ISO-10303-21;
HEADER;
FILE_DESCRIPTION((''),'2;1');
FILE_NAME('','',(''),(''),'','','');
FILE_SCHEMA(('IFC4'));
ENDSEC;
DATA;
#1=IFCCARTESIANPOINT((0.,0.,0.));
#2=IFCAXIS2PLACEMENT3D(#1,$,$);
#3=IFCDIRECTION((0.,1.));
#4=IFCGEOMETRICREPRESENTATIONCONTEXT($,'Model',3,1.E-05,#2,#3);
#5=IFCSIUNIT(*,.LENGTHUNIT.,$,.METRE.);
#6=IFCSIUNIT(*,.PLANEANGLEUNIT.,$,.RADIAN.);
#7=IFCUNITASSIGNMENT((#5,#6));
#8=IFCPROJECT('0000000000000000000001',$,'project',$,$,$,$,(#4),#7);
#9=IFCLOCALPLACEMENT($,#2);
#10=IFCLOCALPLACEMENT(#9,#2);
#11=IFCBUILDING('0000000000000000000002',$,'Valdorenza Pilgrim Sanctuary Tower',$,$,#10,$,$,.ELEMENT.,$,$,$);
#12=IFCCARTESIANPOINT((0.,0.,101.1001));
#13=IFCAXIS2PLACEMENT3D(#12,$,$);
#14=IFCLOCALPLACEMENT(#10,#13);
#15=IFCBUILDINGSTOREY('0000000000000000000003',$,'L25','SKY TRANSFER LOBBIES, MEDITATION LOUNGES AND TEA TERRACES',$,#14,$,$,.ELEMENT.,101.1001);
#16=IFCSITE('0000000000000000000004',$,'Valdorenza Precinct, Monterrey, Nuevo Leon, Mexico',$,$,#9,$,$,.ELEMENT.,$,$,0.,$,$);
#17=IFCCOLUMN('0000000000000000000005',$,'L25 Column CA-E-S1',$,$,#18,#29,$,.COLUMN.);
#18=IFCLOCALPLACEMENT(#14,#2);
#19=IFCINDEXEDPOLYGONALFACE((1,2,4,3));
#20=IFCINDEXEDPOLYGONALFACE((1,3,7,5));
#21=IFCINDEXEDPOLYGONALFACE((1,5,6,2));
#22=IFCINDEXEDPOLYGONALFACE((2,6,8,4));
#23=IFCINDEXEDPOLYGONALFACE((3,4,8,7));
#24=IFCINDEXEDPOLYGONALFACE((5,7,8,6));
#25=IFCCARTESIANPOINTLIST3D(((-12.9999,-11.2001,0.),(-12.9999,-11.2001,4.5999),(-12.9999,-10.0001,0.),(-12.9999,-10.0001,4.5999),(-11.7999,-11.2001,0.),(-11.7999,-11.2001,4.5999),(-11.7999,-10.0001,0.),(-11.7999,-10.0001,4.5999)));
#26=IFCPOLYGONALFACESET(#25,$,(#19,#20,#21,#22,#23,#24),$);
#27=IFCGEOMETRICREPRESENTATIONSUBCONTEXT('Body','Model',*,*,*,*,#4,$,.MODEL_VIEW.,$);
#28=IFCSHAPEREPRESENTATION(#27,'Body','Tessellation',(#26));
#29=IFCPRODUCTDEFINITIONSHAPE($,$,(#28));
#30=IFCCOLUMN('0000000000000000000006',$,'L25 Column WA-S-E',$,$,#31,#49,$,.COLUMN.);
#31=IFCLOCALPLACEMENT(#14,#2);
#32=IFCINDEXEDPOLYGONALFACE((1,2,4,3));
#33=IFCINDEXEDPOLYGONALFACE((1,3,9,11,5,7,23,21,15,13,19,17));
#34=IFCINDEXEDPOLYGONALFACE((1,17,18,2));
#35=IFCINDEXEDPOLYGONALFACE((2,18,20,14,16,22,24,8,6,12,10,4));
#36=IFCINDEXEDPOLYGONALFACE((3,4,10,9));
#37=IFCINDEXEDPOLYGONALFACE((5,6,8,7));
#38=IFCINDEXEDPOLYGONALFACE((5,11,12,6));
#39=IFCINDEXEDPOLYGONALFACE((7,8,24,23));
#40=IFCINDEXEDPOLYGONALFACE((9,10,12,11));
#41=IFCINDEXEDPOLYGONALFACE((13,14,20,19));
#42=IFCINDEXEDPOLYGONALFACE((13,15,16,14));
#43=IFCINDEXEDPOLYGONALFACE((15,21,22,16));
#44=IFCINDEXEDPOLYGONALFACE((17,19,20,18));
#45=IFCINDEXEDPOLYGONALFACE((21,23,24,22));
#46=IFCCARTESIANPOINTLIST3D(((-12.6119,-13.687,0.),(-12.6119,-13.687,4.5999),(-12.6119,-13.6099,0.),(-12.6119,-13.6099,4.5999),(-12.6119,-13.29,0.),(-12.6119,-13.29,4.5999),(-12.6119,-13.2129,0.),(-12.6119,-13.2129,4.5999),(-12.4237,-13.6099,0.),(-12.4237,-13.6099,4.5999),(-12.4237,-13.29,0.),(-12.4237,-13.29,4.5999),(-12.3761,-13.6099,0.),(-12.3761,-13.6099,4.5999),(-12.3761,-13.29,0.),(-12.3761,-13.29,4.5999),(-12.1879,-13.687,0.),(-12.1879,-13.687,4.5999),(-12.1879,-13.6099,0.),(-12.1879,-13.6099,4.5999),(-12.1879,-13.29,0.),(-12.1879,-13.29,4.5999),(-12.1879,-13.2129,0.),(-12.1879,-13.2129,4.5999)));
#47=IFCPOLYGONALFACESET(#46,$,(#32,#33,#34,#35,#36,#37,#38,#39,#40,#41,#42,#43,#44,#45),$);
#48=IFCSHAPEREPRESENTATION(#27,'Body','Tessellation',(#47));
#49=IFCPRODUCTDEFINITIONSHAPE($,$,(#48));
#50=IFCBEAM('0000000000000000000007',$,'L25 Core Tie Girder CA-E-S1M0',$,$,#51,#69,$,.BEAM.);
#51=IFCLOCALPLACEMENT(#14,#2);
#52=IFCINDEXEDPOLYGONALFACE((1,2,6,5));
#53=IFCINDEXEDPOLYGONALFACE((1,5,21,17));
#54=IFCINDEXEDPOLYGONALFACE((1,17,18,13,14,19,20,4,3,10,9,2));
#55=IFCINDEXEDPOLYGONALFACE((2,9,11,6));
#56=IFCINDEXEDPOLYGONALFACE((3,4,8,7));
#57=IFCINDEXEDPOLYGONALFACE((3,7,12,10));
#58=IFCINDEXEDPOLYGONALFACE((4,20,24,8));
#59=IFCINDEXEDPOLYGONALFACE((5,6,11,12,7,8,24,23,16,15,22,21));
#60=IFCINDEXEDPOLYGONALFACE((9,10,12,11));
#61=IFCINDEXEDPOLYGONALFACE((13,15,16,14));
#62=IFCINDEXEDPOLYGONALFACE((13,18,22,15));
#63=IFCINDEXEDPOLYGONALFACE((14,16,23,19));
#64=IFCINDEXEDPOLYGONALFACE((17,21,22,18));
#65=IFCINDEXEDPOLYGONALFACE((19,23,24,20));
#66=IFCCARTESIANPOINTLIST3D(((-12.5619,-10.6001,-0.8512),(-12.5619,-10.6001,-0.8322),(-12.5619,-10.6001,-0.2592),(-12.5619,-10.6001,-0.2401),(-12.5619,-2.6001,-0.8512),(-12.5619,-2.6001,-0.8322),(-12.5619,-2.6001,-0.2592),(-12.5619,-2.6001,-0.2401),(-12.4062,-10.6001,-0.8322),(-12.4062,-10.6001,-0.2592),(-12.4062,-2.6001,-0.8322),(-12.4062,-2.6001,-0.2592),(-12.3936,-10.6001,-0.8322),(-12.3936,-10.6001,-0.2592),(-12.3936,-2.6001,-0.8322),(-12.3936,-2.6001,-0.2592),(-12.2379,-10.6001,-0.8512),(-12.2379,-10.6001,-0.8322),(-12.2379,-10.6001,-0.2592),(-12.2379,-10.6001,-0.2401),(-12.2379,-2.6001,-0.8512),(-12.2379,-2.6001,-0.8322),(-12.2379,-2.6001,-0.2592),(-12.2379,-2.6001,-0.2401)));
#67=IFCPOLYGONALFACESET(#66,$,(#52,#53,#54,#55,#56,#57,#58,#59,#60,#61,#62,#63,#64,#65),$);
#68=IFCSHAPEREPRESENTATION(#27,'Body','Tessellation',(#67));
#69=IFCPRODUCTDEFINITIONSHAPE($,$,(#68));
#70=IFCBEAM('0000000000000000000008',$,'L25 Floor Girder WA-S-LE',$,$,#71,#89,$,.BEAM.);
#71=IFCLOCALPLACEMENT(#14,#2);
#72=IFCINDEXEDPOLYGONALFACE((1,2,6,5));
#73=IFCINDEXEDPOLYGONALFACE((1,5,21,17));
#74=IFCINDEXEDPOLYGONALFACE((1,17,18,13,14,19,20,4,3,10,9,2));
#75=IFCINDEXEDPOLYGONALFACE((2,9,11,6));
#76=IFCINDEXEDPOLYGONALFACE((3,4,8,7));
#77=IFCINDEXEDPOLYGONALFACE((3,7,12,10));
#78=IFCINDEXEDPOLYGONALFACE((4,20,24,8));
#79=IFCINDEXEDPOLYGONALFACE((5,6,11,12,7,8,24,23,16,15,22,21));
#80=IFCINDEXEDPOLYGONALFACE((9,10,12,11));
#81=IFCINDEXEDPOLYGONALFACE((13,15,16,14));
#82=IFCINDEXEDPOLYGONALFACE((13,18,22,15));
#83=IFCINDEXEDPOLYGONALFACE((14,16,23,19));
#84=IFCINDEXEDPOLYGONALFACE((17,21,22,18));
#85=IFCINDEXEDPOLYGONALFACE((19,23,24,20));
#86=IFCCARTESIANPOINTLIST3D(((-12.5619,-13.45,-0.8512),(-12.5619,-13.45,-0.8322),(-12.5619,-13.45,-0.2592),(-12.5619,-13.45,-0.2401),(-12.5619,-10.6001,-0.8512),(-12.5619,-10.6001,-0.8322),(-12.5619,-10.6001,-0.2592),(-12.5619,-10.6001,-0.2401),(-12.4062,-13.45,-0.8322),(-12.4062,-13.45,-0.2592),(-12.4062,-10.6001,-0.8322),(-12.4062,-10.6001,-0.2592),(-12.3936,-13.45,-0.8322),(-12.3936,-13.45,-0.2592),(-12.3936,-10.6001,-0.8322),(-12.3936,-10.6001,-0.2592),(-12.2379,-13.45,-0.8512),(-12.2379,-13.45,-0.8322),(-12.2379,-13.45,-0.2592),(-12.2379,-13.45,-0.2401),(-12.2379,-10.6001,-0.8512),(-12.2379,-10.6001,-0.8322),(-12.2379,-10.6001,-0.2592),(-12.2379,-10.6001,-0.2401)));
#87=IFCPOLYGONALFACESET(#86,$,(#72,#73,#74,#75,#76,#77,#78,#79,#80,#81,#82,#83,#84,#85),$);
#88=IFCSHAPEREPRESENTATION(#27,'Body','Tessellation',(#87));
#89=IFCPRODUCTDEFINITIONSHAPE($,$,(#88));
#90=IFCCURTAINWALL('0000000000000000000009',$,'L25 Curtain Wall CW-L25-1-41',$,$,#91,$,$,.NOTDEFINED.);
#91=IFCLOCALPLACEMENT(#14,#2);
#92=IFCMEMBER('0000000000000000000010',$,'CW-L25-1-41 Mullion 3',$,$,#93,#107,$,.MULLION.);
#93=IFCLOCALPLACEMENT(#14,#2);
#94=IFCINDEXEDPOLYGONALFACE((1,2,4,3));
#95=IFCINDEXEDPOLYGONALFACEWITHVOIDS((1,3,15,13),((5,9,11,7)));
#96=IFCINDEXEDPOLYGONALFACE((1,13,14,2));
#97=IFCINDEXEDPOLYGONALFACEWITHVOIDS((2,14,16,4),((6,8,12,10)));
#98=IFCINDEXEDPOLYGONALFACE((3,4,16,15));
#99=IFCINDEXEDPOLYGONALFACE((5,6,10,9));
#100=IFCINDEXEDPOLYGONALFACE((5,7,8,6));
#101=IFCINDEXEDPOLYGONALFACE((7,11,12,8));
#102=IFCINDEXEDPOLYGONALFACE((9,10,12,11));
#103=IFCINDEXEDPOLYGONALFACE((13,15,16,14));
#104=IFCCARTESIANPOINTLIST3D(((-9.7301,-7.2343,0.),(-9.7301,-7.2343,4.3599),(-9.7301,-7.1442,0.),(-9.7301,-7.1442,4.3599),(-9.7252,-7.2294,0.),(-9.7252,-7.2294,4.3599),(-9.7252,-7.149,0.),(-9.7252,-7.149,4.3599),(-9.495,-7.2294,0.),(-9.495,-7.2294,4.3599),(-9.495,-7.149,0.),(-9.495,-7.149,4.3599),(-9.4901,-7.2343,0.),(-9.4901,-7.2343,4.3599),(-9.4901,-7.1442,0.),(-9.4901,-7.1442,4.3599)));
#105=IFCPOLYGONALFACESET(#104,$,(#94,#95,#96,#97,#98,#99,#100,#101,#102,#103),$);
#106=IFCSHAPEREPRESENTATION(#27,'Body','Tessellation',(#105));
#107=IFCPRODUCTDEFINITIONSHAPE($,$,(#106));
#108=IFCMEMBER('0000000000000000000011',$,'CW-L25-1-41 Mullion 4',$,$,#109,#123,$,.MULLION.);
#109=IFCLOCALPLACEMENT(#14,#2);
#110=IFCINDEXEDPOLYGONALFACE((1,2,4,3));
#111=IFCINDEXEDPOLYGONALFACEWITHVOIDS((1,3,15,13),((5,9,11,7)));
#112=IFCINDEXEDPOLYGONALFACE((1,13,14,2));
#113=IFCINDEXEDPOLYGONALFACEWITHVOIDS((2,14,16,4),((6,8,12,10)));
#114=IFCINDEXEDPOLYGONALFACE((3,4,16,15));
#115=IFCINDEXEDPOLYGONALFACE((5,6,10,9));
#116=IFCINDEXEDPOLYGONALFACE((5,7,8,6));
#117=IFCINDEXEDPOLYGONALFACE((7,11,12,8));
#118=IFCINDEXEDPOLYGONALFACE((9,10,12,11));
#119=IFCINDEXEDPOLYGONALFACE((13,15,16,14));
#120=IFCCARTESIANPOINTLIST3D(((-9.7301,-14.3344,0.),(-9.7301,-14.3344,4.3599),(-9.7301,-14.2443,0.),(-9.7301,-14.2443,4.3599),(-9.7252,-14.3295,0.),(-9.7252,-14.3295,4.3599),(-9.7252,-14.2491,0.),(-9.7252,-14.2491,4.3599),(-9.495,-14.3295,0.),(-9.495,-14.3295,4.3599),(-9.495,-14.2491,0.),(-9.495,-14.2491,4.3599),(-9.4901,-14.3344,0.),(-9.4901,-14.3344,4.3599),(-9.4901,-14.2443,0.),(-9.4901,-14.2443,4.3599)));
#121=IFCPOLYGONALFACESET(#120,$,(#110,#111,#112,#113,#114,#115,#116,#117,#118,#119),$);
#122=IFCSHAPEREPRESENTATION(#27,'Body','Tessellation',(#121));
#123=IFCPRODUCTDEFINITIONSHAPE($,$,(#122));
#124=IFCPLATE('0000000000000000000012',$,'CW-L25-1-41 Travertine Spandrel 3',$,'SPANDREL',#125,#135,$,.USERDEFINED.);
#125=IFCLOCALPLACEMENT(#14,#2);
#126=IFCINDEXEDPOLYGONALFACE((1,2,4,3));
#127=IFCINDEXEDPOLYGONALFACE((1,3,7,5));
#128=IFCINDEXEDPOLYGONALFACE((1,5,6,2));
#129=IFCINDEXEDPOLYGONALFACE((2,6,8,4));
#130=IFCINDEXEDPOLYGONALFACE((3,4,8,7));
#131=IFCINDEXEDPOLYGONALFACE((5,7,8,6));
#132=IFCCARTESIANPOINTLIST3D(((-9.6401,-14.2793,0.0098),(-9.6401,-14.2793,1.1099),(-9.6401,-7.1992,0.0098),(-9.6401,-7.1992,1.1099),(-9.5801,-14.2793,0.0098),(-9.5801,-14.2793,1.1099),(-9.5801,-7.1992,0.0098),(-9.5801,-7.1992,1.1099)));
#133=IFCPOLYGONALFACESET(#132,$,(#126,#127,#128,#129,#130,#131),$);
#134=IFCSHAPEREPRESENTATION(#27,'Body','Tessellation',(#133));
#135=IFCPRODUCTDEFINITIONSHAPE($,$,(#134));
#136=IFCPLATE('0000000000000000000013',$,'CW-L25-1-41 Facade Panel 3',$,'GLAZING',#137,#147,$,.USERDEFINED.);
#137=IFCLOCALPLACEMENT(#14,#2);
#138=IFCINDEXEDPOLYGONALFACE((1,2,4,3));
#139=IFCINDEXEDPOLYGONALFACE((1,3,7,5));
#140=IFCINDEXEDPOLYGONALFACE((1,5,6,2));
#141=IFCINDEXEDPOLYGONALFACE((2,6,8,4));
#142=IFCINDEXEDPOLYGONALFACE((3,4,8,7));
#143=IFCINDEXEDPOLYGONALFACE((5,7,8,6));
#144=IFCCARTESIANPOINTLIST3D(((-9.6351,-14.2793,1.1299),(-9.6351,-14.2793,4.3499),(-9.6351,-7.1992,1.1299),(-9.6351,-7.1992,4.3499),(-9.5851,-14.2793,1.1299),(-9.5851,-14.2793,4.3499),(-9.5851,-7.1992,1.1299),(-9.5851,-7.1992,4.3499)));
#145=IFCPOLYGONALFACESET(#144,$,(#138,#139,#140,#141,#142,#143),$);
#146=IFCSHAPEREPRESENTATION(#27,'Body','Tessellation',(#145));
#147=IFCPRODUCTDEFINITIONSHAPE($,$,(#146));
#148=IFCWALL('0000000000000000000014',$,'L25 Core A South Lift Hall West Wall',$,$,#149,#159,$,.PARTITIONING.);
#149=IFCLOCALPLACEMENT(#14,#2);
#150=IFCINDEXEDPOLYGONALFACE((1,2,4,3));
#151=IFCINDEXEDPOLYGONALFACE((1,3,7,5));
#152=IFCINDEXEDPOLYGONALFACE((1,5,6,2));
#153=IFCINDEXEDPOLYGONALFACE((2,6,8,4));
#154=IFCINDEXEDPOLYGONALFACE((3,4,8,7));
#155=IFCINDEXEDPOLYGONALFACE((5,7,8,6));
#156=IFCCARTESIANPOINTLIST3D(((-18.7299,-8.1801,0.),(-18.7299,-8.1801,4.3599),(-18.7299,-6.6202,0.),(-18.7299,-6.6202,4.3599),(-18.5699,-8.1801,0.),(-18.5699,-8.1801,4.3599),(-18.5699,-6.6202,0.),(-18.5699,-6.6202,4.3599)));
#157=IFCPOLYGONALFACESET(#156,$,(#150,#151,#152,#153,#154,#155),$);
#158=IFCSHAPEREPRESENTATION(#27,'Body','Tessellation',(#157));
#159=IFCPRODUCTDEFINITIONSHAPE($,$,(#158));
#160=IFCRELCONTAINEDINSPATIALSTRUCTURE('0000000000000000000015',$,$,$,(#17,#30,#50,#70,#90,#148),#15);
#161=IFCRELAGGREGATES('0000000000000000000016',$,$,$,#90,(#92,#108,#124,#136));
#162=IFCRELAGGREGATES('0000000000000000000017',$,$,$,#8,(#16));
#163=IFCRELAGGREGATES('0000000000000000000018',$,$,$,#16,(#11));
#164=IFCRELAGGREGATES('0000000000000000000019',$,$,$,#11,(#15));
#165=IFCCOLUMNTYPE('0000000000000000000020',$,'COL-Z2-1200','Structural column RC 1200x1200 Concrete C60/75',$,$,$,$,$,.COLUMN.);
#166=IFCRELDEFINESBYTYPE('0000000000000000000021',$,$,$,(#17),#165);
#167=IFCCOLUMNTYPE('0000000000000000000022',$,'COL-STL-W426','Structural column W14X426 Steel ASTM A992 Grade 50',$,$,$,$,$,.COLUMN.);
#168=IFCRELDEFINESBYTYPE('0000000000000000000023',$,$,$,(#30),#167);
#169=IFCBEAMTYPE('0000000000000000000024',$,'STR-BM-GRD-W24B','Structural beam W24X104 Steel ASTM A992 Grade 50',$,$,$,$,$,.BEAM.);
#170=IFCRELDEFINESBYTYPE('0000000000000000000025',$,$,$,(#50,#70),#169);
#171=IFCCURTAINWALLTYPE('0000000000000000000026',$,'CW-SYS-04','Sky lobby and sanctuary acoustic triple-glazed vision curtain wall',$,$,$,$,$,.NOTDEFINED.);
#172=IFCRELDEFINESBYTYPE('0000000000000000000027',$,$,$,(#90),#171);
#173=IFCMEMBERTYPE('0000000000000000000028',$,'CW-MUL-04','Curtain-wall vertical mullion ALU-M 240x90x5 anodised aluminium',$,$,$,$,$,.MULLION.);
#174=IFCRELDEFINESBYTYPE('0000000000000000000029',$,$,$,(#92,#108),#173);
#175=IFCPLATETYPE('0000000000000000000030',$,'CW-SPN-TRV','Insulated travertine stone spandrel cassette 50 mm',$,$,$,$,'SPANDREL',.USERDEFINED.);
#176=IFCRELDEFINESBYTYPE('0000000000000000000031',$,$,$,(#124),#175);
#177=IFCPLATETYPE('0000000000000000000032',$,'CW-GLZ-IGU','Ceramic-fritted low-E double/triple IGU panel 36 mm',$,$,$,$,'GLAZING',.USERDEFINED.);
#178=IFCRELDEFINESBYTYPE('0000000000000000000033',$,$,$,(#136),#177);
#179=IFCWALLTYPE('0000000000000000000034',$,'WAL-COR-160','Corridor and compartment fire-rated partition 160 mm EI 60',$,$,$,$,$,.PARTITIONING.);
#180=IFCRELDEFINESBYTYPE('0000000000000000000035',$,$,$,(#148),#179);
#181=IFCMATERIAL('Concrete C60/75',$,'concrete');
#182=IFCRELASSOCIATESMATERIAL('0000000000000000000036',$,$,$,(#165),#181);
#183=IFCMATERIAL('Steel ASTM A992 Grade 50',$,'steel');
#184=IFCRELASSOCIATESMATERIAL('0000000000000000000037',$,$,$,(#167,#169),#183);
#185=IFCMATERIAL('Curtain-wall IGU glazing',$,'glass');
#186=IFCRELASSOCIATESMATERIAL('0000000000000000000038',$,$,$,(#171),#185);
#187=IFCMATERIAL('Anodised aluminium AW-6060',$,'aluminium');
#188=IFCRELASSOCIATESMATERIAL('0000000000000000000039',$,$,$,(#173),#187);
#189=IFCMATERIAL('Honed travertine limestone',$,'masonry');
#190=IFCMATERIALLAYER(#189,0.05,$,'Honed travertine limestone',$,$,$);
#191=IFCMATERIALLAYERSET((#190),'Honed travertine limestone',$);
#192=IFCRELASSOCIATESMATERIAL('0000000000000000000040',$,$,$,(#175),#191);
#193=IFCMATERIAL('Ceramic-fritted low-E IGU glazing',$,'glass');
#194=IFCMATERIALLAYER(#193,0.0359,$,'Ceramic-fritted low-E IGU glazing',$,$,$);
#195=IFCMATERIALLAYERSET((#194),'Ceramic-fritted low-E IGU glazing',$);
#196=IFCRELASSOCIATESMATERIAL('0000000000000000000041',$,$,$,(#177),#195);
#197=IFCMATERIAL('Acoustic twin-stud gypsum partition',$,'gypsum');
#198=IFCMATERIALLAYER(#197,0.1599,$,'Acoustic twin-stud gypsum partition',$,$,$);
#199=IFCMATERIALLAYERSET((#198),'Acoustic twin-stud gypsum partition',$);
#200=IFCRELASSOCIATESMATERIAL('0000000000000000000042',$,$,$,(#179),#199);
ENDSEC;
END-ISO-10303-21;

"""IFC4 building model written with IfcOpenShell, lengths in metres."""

from ifc_helpers import new_model, si_unit, direction, frame, frame_2d, origin, origin_2d, place, context, subcontext, project, spatial, rectangle, hollow_rectangle, i_section, extrude, source, transform, mapped, material, layer, layer_set, material_profile, profile_set, type_object, element, aggregate, save


model = new_model("IFC4")

# Units and contexts
model_context = context("Model", 3, precision=1e-05, world=origin(), true_north=direction((0.0, 1.0)))
body_context = subcontext(model_context, "Body", "Model", "MODEL_VIEW")
ifc_project = project(units=[si_unit("LENGTHUNIT", "METRE"), si_unit("PLANEANGLEUNIT", "RADIAN")], contexts=[model_context])

# Site, building, storey
site_placement = place(None, origin())
site = spatial("IfcSite", under=ifc_project, at=site_placement, Name="Valdorenza Precinct, Monterrey, Nuevo Leon, Mexico", CompositionType="ELEMENT", RefElevation=0.0)
building_placement = place(site_placement, origin())
building = spatial("IfcBuilding", under=site, at=building_placement, Name="Valdorenza Pilgrim Sanctuary Tower", CompositionType="ELEMENT")
storey_placement = place(building_placement, frame((0.0, 0.0, 101.1001)))
storey = spatial("IfcBuildingStorey", under=building, at=storey_placement, Name="L25", Description="SKY TRANSFER LOBBIES, MEDITATION LOUNGES AND TEA TERRACES", CompositionType="ELEMENT", Elevation=101.1001)

# Columns
ifc_material_1 = material(Name="Concrete C60/75", Category="concrete")
ifc_material_profile_1 = material_profile(ifc_material_1, rectangle(XDim=1.2, YDim=1.2, at=origin_2d()), Name="RC 1200x1200")
ifc_profile_set_1 = profile_set([ifc_material_profile_1], Name="Concrete C60/75")
column_type_1 = type_object("IfcColumnType", Name="COL-Z2-1200", Description="Structural column RC 1200x1200 Concrete C60/75", PredefinedType="COLUMN", material=ifc_profile_set_1)
shared_shape_1 = source(origin(), body_context, "Body", "SweptSolid", [
    extrude(rectangle(XDim=1.2, YDim=1.2, at=origin_2d()), origin(), (0.0, 0.0, 1.0), 4.5999),
])
column_1_placement = place(storey_placement, frame((-12.3999, -10.6001, 0.0), z_axis=(0.0, 0.0, 1.0), x_axis=(1.0, 0.0, 0.0)))
element("IfcColumn", 1, at=column_1_placement, inside=storey, type_object=column_type_1, Name="L25 Column CA-E-S1", PredefinedType="COLUMN", context=body_context, shape_type="MappedRepresentation", body=[
    mapped(shared_shape_1, transform((0.0, 0.0, 0.0), x_axis=(1.0, 0.0, 0.0), y_axis=(0.0, 1.0, 0.0), z_axis=(0.0, 0.0, 1.0), scale=1.0)),
])
ifc_material_2 = material(Name="Steel ASTM A992 Grade 50", Category="steel")
ifc_material_profile_2 = material_profile(ifc_material_2, i_section(OverallWidth=0.4241, OverallDepth=0.4741, WebThickness=0.0476, FlangeThickness=0.0771, at=origin_2d()), Name="W14X426")
ifc_profile_set_2 = profile_set([ifc_material_profile_2], Name="Steel ASTM A992 Grade 50")
column_type_2 = type_object("IfcColumnType", Name="COL-STL-W426", Description="Structural column W14X426 Steel ASTM A992 Grade 50", PredefinedType="COLUMN", material=ifc_profile_set_2)
shared_shape_2 = source(origin(), body_context, "Body", "SweptSolid", [
    extrude(i_section(OverallWidth=0.4241, OverallDepth=0.4741, WebThickness=0.0476, FlangeThickness=0.0771, at=origin_2d()), origin(), (0.0, 0.0, 1.0), 4.5999),
])
column_2_placement = place(storey_placement, frame((-12.3999, -13.45, 0.0), z_axis=(0.0, 0.0, 1.0), x_axis=(1.0, 0.0, 0.0)))
element("IfcColumn", 2, at=column_2_placement, inside=storey, type_object=column_type_2, Name="L25 Column WA-S-E", PredefinedType="COLUMN", context=body_context, shape_type="MappedRepresentation", body=[
    mapped(shared_shape_2, transform((0.0, 0.0, 0.0), x_axis=(1.0, 0.0, 0.0), y_axis=(0.0, 1.0, 0.0), z_axis=(0.0, 0.0, 1.0), scale=1.0)),
])

# Beams
ifc_material_profile_3 = material_profile(ifc_material_2, i_section(OverallWidth=0.324, OverallDepth=0.6111, WebThickness=0.0127, FlangeThickness=0.019, at=origin_2d()), Name="W24X104")
ifc_profile_set_3 = profile_set([ifc_material_profile_3], Name="Steel ASTM A992 Grade 50")
beam_type = type_object("IfcBeamType", Name="STR-BM-GRD-W24B", Description="Structural beam W24X104 Steel ASTM A992 Grade 50", PredefinedType="BEAM", material=ifc_profile_set_3)
shared_shape_3 = source(origin(), body_context, "Body", "SweptSolid", [
    extrude(i_section(OverallWidth=0.324, OverallDepth=0.6111, WebThickness=0.0127, FlangeThickness=0.019, at=origin_2d()), origin(), (0.0, 0.0, 1.0), 8.0),
])
beam_1_placement = place(storey_placement, frame((-12.3999, -10.6001, -0.5457), z_axis=(0.0, 1.0, 0.0), x_axis=(-1.0, 0.0, 0.0)))
element("IfcBeam", 3, at=beam_1_placement, inside=storey, type_object=beam_type, Name="L25 Core Tie Girder CA-E-S1M0", PredefinedType="BEAM", context=body_context, shape_type="MappedRepresentation", body=[
    mapped(shared_shape_3, transform((0.0, 0.0, 0.0), x_axis=(1.0, 0.0, 0.0), y_axis=(0.0, 1.0, 0.0), z_axis=(0.0, 0.0, 1.0), scale=1.0)),
])
shared_shape_4 = source(origin(), body_context, "Body", "SweptSolid", [
    extrude(i_section(OverallWidth=0.324, OverallDepth=0.6111, WebThickness=0.0127, FlangeThickness=0.019, at=origin_2d()), origin(), (0.0, 0.0, 1.0), 2.8499),
])
beam_2_placement = place(storey_placement, frame((-12.3999, -13.45, -0.5457), z_axis=(0.0, 1.0, 0.0), x_axis=(-1.0, 0.0, 0.0)))
element("IfcBeam", 4, at=beam_2_placement, inside=storey, type_object=beam_type, Name="L25 Floor Girder WA-S-LE", PredefinedType="BEAM", context=body_context, shape_type="MappedRepresentation", body=[
    mapped(shared_shape_4, transform((0.0, 0.0, 0.0), x_axis=(1.0, 0.0, 0.0), y_axis=(0.0, 1.0, 0.0), z_axis=(0.0, 0.0, 1.0), scale=1.0)),
])

# Curtain wall, members, plates
ifc_material_3 = material(Name="Curtain-wall IGU glazing", Category="glass")
curtain_wall_type = type_object("IfcCurtainWallType", Name="CW-SYS-04", Description="Sky lobby and sanctuary acoustic triple-glazed vision curtain wall", PredefinedType="NOTDEFINED", material=ifc_material_3)
curtain_wall_placement = place(storey_placement, origin())
curtain_wall = element("IfcCurtainWall", 5, at=curtain_wall_placement, inside=storey, type_object=curtain_wall_type, Name="L25 Curtain Wall CW-L25-1-41", PredefinedType="NOTDEFINED")
ifc_material_4 = material(Name="Anodised aluminium AW-6060", Category="aluminium")
ifc_material_profile_4 = material_profile(ifc_material_4, hollow_rectangle(XDim=0.0901, YDim=0.24, WallThickness=0.0049, at=origin_2d()), Name="ALU-M 240x90x5")
ifc_profile_set_4 = profile_set([ifc_material_profile_4], Name="Anodised aluminium AW-6060")
member_type = type_object("IfcMemberType", Name="CW-MUL-04", Description="Curtain-wall vertical mullion ALU-M 240x90x5 anodised aluminium", PredefinedType="MULLION", material=ifc_profile_set_4)
shared_shape_5 = source(origin(), body_context, "Body", "SweptSolid", [
    extrude(hollow_rectangle(XDim=0.0901, YDim=0.24, WallThickness=0.0049, at=origin_2d()), origin(), (0.0, 0.0, 1.0), 4.3599),
])
member_1_placement = place(storey_placement, frame((-9.6101, -7.1892, 0.0), z_axis=(0.0, 0.0, 1.0), x_axis=(0.0, -1.0, 0.0)))
member_1 = element("IfcMember", 6, at=member_1_placement, type_object=member_type, Name="CW-L25-1-41 Mullion 3", PredefinedType="MULLION", context=body_context, shape_type="MappedRepresentation", body=[
    mapped(shared_shape_5, transform((0.0, 0.0, 0.0), x_axis=(1.0, 0.0, 0.0), y_axis=(0.0, 1.0, 0.0), z_axis=(0.0, 0.0, 1.0), scale=1.0)),
])
member_2_placement = place(storey_placement, frame((-9.6101, -14.2893, 0.0), z_axis=(0.0, 0.0, 1.0), x_axis=(0.0, -1.0, 0.0)))
member_2 = element("IfcMember", 7, at=member_2_placement, type_object=member_type, Name="CW-L25-1-41 Mullion 4", PredefinedType="MULLION", context=body_context, shape_type="MappedRepresentation", body=[
    mapped(shared_shape_5, transform((0.0, 0.0, 0.0), x_axis=(1.0, 0.0, 0.0), y_axis=(0.0, 1.0, 0.0), z_axis=(0.0, 0.0, 1.0), scale=1.0)),
])
ifc_material_5 = material(Name="Honed travertine limestone", Category="masonry")
ifc_layer_1 = layer(ifc_material_5, 0.05, Name="Honed travertine limestone")
ifc_layer_set_1 = layer_set([ifc_layer_1], Name="Honed travertine limestone")
plate_type_1 = type_object("IfcPlateType", Name="CW-SPN-TRV", Description="Insulated travertine stone spandrel cassette 50 mm", ElementType="SPANDREL", PredefinedType="USERDEFINED", material=ifc_layer_set_1)
shared_shape_6 = source(origin(), body_context, "Body", "SweptSolid", [
    extrude(rectangle(XDim=7.0801, YDim=0.0601, at=origin_2d()), origin(), (0.0, 0.0, 1.0), 1.1001),
])
plate_1_placement = place(storey_placement, frame((-9.6101, -10.7393, 0.0098), z_axis=(0.0, 0.0, 1.0), x_axis=(0.0, -1.0, 0.0)))
plate_1 = element("IfcPlate", 8, at=plate_1_placement, type_object=plate_type_1, Name="CW-L25-1-41 Travertine Spandrel 3", ObjectType="SPANDREL", PredefinedType="USERDEFINED", context=body_context, shape_type="MappedRepresentation", body=[
    mapped(shared_shape_6, transform((0.0, 0.0, 0.0), x_axis=(1.0, 0.0, 0.0), y_axis=(0.0, 1.0, 0.0), z_axis=(0.0, 0.0, 1.0), scale=1.0)),
])
ifc_material_6 = material(Name="Ceramic-fritted low-E IGU glazing", Category="glass")
ifc_layer_2 = layer(ifc_material_6, 0.0359, Name="Ceramic-fritted low-E IGU glazing")
ifc_layer_set_2 = layer_set([ifc_layer_2], Name="Ceramic-fritted low-E IGU glazing")
plate_type_2 = type_object("IfcPlateType", Name="CW-GLZ-IGU", Description="Ceramic-fritted low-E double/triple IGU panel 36 mm", ElementType="GLAZING", PredefinedType="USERDEFINED", material=ifc_layer_set_2)
shared_shape_7 = source(origin(), body_context, "Body", "SweptSolid", [
    extrude(rectangle(XDim=7.0801, YDim=0.05, at=origin_2d()), origin(), (0.0, 0.0, 1.0), 3.22),
])
plate_2_placement = place(storey_placement, frame((-9.6101, -10.7393, 1.1299), z_axis=(0.0, 0.0, 1.0), x_axis=(0.0, -1.0, 0.0)))
plate_2 = element("IfcPlate", 9, at=plate_2_placement, type_object=plate_type_2, Name="CW-L25-1-41 Facade Panel 3", ObjectType="GLAZING", PredefinedType="USERDEFINED", context=body_context, shape_type="MappedRepresentation", body=[
    mapped(shared_shape_7, transform((0.0, 0.0, 0.0), x_axis=(1.0, 0.0, 0.0), y_axis=(0.0, 1.0, 0.0), z_axis=(0.0, 0.0, 1.0), scale=1.0)),
])
aggregate(curtain_wall, [member_1, member_2, plate_1, plate_2])

# Wall
ifc_material_7 = material(Name="Acoustic twin-stud gypsum partition", Category="gypsum")
ifc_layer_3 = layer(ifc_material_7, 0.1599, Name="Acoustic twin-stud gypsum partition")
ifc_layer_set_3 = layer_set([ifc_layer_3], Name="Acoustic twin-stud gypsum partition")
wall_type_1 = type_object("IfcWallType", Name="WAL-COR-160", Description="Corridor and compartment fire-rated partition 160 mm EI 60", PredefinedType="PARTITIONING", material=ifc_layer_set_3)
wall_1_placement = place(storey_placement, frame((-18.6499, -8.1799, 0.0), z_axis=(0.0, 0.0, 1.0), x_axis=(0.0, 1.0, 0.0)))
element("IfcWall", 10, at=wall_1_placement, inside=storey, type_object=wall_type_1, Name="L25 Core A South Lift Hall West Wall", PredefinedType="PARTITIONING", context=body_context, shape_type="SweptSolid", body=[
    extrude(rectangle(XDim=1.5598, YDim=0.1599, at=frame_2d((0.7798, 0.0))), origin(), (0.0, 0.0, 1.0), 4.3599),
])

save(model, "model.ifc")
